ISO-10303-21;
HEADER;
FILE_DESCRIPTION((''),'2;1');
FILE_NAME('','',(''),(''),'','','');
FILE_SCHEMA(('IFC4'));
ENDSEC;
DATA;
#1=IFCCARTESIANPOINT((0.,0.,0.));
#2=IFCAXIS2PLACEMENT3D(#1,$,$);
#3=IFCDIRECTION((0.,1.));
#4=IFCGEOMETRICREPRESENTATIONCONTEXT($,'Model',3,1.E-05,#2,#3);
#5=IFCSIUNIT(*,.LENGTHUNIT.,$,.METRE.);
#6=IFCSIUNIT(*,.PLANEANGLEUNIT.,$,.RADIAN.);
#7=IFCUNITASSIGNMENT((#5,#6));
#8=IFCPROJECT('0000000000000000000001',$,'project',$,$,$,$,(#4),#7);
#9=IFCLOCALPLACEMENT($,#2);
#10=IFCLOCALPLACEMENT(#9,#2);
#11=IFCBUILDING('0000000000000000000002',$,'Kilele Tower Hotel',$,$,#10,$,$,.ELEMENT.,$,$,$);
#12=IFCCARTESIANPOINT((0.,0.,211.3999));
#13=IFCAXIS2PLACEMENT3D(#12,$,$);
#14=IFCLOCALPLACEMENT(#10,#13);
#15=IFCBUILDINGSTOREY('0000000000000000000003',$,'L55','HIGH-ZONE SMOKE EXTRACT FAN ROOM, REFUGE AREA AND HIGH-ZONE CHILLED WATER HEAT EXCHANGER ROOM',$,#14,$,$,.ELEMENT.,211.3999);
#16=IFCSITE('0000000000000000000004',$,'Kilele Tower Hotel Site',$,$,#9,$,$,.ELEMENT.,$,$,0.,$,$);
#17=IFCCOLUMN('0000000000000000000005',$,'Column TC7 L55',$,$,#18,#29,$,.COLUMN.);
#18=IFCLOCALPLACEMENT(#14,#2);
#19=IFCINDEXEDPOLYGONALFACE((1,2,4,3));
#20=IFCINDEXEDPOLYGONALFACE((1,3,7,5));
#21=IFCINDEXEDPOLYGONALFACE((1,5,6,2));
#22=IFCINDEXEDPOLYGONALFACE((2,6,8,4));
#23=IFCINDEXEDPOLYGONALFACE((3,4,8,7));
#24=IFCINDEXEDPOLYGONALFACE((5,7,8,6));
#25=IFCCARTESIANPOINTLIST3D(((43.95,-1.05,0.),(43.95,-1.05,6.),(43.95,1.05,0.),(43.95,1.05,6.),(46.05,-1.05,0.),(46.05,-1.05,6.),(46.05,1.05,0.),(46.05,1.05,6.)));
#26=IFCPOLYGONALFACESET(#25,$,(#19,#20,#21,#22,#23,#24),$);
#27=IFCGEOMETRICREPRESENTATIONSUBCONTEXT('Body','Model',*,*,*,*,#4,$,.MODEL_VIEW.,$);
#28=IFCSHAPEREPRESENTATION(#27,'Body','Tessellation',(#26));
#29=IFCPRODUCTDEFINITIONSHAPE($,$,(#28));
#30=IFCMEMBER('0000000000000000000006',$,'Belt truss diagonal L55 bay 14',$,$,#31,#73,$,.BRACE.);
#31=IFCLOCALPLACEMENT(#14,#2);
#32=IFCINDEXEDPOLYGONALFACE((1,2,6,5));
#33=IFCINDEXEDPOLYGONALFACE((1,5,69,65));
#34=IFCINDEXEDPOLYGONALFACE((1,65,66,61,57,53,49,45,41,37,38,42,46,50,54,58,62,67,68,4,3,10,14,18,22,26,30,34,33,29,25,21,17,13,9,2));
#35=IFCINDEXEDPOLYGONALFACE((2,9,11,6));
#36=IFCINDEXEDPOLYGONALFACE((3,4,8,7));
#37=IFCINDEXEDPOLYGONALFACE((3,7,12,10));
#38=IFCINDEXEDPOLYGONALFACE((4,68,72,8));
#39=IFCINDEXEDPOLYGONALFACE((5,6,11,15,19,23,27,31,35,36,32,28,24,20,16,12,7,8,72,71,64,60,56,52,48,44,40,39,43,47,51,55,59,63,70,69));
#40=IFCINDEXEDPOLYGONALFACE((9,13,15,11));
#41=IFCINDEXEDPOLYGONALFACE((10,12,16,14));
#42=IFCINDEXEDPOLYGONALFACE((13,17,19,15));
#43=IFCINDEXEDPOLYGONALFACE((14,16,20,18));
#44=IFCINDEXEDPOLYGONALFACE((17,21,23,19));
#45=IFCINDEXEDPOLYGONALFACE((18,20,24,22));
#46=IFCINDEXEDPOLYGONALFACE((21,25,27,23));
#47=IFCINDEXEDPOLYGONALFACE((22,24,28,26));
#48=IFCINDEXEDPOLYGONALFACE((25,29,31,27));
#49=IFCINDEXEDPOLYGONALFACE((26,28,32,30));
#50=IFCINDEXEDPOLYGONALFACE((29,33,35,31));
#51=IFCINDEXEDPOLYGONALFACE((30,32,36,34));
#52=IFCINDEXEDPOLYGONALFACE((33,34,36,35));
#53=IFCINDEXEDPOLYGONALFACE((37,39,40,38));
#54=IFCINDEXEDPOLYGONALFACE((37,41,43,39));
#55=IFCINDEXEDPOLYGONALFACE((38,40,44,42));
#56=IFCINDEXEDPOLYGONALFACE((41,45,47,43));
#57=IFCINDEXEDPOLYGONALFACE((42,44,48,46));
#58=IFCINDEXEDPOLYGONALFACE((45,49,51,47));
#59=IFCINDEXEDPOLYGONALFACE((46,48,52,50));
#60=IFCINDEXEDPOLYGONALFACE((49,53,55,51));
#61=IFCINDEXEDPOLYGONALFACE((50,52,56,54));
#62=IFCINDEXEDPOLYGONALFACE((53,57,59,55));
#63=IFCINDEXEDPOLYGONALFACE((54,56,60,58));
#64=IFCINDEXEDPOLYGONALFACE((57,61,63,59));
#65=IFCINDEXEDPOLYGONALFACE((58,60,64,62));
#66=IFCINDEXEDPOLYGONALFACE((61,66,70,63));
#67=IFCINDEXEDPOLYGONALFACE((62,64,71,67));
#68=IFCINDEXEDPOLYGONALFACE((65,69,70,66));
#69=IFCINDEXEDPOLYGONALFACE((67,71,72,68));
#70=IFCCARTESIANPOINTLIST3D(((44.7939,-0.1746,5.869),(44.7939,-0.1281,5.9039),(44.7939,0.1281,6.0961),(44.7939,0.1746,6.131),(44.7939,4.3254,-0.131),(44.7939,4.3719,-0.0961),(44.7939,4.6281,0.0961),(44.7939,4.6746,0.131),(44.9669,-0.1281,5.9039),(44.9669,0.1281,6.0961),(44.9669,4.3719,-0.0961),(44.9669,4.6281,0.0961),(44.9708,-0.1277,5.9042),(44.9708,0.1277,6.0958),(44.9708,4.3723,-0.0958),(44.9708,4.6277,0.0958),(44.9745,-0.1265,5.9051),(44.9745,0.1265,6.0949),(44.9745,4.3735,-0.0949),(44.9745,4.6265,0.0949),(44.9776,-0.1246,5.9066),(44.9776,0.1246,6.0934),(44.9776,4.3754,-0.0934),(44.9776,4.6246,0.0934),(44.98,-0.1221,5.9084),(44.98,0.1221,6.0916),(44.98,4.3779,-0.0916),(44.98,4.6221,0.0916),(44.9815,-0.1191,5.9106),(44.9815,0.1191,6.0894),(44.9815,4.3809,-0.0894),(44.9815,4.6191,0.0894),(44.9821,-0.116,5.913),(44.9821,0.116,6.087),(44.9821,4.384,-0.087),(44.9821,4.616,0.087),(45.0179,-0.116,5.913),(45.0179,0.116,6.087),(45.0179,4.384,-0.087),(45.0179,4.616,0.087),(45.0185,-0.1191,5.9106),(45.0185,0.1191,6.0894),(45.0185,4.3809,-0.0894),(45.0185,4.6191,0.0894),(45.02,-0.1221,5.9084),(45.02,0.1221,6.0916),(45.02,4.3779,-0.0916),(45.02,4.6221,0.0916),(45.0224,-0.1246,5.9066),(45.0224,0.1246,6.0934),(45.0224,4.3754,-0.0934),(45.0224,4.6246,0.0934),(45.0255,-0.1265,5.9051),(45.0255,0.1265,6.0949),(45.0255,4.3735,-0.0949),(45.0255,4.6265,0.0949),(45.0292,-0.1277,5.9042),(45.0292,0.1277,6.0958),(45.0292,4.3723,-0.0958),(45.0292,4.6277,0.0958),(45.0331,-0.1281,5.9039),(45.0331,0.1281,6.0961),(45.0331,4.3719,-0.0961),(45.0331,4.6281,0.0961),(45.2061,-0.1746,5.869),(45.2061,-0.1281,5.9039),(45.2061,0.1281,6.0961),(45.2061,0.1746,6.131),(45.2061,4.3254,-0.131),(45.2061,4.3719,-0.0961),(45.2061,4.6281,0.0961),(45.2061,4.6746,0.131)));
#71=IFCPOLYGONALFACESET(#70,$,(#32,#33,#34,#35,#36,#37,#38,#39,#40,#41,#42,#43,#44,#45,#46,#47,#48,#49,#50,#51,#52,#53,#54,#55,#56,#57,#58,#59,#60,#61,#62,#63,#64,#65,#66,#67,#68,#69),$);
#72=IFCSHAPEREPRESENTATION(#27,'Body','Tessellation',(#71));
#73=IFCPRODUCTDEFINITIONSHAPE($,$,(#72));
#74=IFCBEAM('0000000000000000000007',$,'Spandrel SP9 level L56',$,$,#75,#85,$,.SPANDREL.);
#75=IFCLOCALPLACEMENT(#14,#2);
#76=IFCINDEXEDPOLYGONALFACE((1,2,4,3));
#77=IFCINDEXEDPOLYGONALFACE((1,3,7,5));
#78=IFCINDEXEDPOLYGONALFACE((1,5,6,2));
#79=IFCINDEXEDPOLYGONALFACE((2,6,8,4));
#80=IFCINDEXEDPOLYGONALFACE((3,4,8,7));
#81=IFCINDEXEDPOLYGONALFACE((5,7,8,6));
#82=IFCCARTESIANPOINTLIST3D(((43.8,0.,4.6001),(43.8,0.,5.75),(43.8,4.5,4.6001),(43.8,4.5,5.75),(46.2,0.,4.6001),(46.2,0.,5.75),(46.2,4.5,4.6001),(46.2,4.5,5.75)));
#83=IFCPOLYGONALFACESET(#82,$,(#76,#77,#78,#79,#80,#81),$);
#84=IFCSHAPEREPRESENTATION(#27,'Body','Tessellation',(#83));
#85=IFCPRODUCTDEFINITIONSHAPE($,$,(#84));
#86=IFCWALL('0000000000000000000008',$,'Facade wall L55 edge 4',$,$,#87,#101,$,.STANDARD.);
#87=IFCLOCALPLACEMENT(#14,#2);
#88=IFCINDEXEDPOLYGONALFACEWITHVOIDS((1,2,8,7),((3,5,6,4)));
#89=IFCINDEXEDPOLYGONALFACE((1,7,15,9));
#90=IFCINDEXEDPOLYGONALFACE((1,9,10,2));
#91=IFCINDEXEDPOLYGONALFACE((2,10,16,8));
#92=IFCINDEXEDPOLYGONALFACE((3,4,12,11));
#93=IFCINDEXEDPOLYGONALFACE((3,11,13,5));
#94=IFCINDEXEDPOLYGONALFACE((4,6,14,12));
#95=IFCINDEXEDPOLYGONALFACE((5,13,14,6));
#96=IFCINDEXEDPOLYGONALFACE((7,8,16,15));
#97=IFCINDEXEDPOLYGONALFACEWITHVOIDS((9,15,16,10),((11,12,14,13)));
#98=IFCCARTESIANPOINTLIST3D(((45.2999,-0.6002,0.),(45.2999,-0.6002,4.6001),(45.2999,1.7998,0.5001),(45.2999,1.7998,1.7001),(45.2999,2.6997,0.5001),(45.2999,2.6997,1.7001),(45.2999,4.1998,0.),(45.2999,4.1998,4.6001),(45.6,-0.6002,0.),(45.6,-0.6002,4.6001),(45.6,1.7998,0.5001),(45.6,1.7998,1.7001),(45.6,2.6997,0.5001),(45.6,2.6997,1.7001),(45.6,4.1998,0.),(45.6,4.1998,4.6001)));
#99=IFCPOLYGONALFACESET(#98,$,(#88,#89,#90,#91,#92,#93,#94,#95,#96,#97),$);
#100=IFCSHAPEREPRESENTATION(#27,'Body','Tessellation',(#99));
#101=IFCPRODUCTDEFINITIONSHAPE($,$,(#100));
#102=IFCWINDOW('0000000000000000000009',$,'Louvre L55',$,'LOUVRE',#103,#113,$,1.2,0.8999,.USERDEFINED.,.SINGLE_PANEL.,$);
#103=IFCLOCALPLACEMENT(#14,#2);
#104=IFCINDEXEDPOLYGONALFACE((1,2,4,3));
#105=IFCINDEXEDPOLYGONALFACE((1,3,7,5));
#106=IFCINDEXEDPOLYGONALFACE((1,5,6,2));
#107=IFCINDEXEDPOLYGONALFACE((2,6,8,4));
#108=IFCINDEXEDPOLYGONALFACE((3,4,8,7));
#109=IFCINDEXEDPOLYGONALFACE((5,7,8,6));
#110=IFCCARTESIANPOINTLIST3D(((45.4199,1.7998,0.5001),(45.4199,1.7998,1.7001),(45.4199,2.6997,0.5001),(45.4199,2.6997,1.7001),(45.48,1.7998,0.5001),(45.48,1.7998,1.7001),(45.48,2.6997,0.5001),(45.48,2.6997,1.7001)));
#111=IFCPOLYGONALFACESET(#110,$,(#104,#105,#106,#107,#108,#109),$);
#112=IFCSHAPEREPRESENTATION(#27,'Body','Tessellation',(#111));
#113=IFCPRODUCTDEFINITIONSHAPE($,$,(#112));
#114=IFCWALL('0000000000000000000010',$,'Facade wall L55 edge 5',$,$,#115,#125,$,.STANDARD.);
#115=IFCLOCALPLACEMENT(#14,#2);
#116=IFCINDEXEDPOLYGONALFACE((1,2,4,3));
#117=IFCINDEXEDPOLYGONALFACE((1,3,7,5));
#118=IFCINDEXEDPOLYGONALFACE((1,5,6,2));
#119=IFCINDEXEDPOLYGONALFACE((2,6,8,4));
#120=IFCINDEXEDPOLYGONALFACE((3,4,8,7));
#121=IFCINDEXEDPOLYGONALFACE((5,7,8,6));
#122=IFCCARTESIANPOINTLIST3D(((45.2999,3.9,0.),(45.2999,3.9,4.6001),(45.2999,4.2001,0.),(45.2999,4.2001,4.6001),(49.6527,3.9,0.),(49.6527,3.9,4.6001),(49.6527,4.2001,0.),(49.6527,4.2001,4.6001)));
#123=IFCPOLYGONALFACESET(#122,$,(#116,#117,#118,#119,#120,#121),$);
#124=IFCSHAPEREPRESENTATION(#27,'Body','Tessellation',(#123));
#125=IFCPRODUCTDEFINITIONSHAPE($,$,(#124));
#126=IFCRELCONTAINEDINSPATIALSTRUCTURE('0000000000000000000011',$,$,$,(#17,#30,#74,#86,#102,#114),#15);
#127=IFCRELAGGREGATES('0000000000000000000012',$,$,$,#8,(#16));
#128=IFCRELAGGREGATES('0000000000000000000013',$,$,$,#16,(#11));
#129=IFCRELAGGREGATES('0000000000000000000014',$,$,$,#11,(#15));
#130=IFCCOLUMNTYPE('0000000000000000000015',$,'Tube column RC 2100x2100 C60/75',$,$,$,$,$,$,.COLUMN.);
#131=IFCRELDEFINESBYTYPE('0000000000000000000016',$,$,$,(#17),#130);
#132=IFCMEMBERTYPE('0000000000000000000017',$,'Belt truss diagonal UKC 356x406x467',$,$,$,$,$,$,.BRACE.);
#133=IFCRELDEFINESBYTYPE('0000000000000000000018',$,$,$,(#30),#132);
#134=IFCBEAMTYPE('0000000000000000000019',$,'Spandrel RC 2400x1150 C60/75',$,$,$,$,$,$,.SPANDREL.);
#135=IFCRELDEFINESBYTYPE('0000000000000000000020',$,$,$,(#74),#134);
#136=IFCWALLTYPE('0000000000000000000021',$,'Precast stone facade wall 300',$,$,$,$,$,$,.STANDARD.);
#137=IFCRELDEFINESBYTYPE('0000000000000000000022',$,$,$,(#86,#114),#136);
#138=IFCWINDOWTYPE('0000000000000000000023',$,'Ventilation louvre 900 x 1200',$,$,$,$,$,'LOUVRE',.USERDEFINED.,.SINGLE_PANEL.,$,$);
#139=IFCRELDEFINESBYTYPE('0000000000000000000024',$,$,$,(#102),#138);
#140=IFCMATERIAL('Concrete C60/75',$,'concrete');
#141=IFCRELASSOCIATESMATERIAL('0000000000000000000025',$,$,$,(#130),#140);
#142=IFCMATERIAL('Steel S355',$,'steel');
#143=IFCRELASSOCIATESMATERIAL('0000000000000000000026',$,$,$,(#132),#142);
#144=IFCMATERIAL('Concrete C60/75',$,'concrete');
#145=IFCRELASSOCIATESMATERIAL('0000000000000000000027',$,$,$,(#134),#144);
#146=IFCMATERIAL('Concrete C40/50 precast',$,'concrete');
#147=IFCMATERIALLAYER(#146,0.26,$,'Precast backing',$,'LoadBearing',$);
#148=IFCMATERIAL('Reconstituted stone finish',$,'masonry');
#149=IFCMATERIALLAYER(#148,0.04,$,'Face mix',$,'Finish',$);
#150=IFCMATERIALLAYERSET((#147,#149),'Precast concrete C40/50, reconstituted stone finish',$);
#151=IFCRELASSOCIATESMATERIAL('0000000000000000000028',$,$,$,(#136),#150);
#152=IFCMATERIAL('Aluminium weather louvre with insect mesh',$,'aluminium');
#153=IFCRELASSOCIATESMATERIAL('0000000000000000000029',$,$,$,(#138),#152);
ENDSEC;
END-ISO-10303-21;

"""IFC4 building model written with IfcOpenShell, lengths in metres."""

from ifc_helpers import new_model, si_unit, direction, frame, frame_2d, origin, origin_2d, place, context, subcontext, project, spatial, rectangle, i_section, extrude, material, layer, layer_set, material_profile, profile_set, type_object, element, fill, save


model = new_model("IFC4")

# Units and contexts
model_context = context("Model", 3, precision=1e-05, world=origin(), true_north=direction((0.0, 1.0)))
body_context = subcontext(model_context, "Body", "Model", "MODEL_VIEW")
ifc_project = project(units=[si_unit("LENGTHUNIT", "METRE"), si_unit("PLANEANGLEUNIT", "RADIAN")], contexts=[model_context])

# Site, building, storey
site_placement = place(None, origin())
site = spatial("IfcSite", under=ifc_project, at=site_placement, Name="Kilele Tower Hotel Site", CompositionType="ELEMENT", RefElevation=0.0)
building_placement = place(site_placement, origin())
building = spatial("IfcBuilding", under=site, at=building_placement, Name="Kilele Tower Hotel", CompositionType="ELEMENT")
storey_placement = place(building_placement, frame((0.0, 0.0, 211.3999)))
storey = spatial("IfcBuildingStorey", under=building, at=storey_placement, Name="L55", Description="HIGH-ZONE SMOKE EXTRACT FAN ROOM, REFUGE AREA AND HIGH-ZONE CHILLED WATER HEAT EXCHANGER ROOM", CompositionType="ELEMENT", Elevation=211.3999)

# Column
ifc_material_1 = material(Name="Concrete C60/75", Category="concrete")
ifc_material_profile_1 = material_profile(ifc_material_1, rectangle(XDim=2.1001, YDim=2.1001, at=origin_2d()))
ifc_profile_set_1 = profile_set([ifc_material_profile_1], Name="Concrete C60/75")
column_type = type_object("IfcColumnType", Name="Tube column RC 2100x2100 C60/75", PredefinedType="COLUMN", material=ifc_profile_set_1)
column_placement = place(storey_placement, frame((45.0, 0.0, 0.0), z_axis=(0.0, 0.0, 1.0), x_axis=(1.0, 0.0, 0.0)))
element("IfcColumn", 1, at=column_placement, inside=storey, type_object=column_type, Name="Column TC7 L55", PredefinedType="COLUMN", context=body_context, shape_type="SweptSolid", body=[
    extrude(rectangle(XDim=2.1001, YDim=2.1001, at=origin_2d()), origin(), (0.0, 0.0, 1.0), 6.0),
])

# Member
ifc_material_2 = material(Name="Steel S355", Category="steel")
ifc_material_profile_2 = material_profile(ifc_material_2, i_section(OverallWidth=0.4121, OverallDepth=0.4365, WebThickness=0.0359, FlangeThickness=0.0581, FilletRadius=0.0151, at=origin_2d()))
ifc_profile_set_2 = profile_set([ifc_material_profile_2], Name="Steel S355")
member_type = type_object("IfcMemberType", Name="Belt truss diagonal UKC 356x406x467", PredefinedType="BRACE", material=ifc_profile_set_2)
member_placement = place(storey_placement, frame((45.0, 0.0, 6.0), z_axis=(0.0, 0.6, -0.8), x_axis=(-1.0, 0.0, 0.0)))
element("IfcMember", 2, at=member_placement, inside=storey, type_object=member_type, Name="Belt truss diagonal L55 bay 14", PredefinedType="BRACE", context=body_context, shape_type="SweptSolid", body=[
    extrude(i_section(OverallWidth=0.4121, OverallDepth=0.4365, WebThickness=0.0359, FlangeThickness=0.0581, FilletRadius=0.0151, at=origin_2d()), origin(), (0.0, 0.0, 1.0), 7.5),
])

# Beam
ifc_material_3 = material(Name="Concrete C60/75", Category="concrete")
ifc_material_profile_3 = material_profile(ifc_material_3, rectangle(XDim=2.3999, YDim=1.1499, at=origin_2d()))
ifc_profile_set_3 = profile_set([ifc_material_profile_3], Name="Concrete C60/75")
beam_type = type_object("IfcBeamType", Name="Spandrel RC 2400x1150 C60/75", PredefinedType="SPANDREL", material=ifc_profile_set_3)
beam_placement = place(storey_placement, frame((45.0, 0.0, 5.175), z_axis=(0.0, 1.0, 0.0), x_axis=(-1.0, 0.0, 0.0)))
element("IfcBeam", 3, at=beam_placement, inside=storey, type_object=beam_type, Name="Spandrel SP9 level L56", PredefinedType="SPANDREL", context=body_context, shape_type="SweptSolid", body=[
    extrude(rectangle(XDim=2.3999, YDim=1.1499, at=origin_2d()), origin(), (0.0, 0.0, 1.0), 4.5),
])

# Wall, opening, window
ifc_material_4 = material(Name="Concrete C40/50 precast", Category="concrete")
ifc_layer_1 = layer(ifc_material_4, 0.26, Name="Precast backing", Category="LoadBearing")
ifc_material_5 = material(Name="Reconstituted stone finish", Category="masonry")
ifc_layer_2 = layer(ifc_material_5, 0.04, Name="Face mix", Category="Finish")
ifc_layer_set_1 = layer_set([ifc_layer_1, ifc_layer_2], Name="Precast concrete C40/50, reconstituted stone finish")
wall_type = type_object("IfcWallType", Name="Precast stone facade wall 300", PredefinedType="STANDARD", material=ifc_layer_set_1)
wall_1_placement = place(storey_placement, frame((45.45, -0.6001, 0.0), z_axis=(0.0, 0.0, 1.0), x_axis=(0.0, 1.0, 0.0)))
wall_1 = element("IfcWall", 4, at=wall_1_placement, inside=storey, type_object=wall_type, Name="Facade wall L55 edge 4", PredefinedType="STANDARD", context=body_context, shape_type="SweptSolid", body=[
    extrude(rectangle(XDim=4.8, YDim=0.3, at=frame_2d((2.3999, 0.0))), origin(), (0.0, 0.0, 1.0), 4.6001),
])
opening_1_placement = place(wall_1_placement, frame((2.3999, 0.0, 0.5)))
opening_1 = element("IfcOpeningElement", 5, at=opening_1_placement, cuts=wall_1, PredefinedType="OPENING", context=body_context, shape_type="SweptSolid", body=[
    extrude(rectangle(XDim=0.8999, YDim=1.2, at=frame_2d((0.45, 0.6001))), frame((0.0, 0.1599, 0.0), z_axis=(0.0, -1.0, 0.0), x_axis=(1.0, 0.0, 0.0)), (0.0, 0.0, 1.0), 0.3201),
])
ifc_material_6 = material(Name="Aluminium weather louvre with insect mesh", Category="aluminium")
window_type = type_object("IfcWindowType", Name="Ventilation louvre 900 x 1200", ElementType="LOUVRE", PartitioningType="SINGLE_PANEL", PredefinedType="USERDEFINED", material=ifc_material_6)
window_1_placement = place(opening_1_placement, origin())
window_1 = element("IfcWindow", 6, at=window_1_placement, inside=storey, type_object=window_type, Name="Louvre L55", ObjectType="LOUVRE", OverallHeight=1.2, OverallWidth=0.8999, PartitioningType="SINGLE_PANEL", PredefinedType="USERDEFINED", context=body_context, shape_type="SweptSolid", body=[
    extrude(rectangle(XDim=0.8999, YDim=1.2, at=frame_2d((0.45, 0.6001))), frame((0.0, 0.03, 0.0), z_axis=(0.0, -1.0, 0.0), x_axis=(1.0, 0.0, 0.0)), (0.0, 0.0, 1.0), 0.0601),
])
fill(opening_1, window_1)

# Wall
wall_2_placement = place(storey_placement, frame((45.3, 4.05, 0.0), z_axis=(0.0, 0.0, 1.0), x_axis=(1.0, 0.0, 0.0)))
element("IfcWall", 7, at=wall_2_placement, inside=storey, type_object=wall_type, Name="Facade wall L55 edge 5", PredefinedType="STANDARD", context=body_context, shape_type="SweptSolid", body=[
    extrude(rectangle(XDim=4.3528, YDim=0.3, at=frame_2d((2.1763, 0.0))), origin(), (0.0, 0.0, 1.0), 4.6001),
])

save(model, "model.ifc")
